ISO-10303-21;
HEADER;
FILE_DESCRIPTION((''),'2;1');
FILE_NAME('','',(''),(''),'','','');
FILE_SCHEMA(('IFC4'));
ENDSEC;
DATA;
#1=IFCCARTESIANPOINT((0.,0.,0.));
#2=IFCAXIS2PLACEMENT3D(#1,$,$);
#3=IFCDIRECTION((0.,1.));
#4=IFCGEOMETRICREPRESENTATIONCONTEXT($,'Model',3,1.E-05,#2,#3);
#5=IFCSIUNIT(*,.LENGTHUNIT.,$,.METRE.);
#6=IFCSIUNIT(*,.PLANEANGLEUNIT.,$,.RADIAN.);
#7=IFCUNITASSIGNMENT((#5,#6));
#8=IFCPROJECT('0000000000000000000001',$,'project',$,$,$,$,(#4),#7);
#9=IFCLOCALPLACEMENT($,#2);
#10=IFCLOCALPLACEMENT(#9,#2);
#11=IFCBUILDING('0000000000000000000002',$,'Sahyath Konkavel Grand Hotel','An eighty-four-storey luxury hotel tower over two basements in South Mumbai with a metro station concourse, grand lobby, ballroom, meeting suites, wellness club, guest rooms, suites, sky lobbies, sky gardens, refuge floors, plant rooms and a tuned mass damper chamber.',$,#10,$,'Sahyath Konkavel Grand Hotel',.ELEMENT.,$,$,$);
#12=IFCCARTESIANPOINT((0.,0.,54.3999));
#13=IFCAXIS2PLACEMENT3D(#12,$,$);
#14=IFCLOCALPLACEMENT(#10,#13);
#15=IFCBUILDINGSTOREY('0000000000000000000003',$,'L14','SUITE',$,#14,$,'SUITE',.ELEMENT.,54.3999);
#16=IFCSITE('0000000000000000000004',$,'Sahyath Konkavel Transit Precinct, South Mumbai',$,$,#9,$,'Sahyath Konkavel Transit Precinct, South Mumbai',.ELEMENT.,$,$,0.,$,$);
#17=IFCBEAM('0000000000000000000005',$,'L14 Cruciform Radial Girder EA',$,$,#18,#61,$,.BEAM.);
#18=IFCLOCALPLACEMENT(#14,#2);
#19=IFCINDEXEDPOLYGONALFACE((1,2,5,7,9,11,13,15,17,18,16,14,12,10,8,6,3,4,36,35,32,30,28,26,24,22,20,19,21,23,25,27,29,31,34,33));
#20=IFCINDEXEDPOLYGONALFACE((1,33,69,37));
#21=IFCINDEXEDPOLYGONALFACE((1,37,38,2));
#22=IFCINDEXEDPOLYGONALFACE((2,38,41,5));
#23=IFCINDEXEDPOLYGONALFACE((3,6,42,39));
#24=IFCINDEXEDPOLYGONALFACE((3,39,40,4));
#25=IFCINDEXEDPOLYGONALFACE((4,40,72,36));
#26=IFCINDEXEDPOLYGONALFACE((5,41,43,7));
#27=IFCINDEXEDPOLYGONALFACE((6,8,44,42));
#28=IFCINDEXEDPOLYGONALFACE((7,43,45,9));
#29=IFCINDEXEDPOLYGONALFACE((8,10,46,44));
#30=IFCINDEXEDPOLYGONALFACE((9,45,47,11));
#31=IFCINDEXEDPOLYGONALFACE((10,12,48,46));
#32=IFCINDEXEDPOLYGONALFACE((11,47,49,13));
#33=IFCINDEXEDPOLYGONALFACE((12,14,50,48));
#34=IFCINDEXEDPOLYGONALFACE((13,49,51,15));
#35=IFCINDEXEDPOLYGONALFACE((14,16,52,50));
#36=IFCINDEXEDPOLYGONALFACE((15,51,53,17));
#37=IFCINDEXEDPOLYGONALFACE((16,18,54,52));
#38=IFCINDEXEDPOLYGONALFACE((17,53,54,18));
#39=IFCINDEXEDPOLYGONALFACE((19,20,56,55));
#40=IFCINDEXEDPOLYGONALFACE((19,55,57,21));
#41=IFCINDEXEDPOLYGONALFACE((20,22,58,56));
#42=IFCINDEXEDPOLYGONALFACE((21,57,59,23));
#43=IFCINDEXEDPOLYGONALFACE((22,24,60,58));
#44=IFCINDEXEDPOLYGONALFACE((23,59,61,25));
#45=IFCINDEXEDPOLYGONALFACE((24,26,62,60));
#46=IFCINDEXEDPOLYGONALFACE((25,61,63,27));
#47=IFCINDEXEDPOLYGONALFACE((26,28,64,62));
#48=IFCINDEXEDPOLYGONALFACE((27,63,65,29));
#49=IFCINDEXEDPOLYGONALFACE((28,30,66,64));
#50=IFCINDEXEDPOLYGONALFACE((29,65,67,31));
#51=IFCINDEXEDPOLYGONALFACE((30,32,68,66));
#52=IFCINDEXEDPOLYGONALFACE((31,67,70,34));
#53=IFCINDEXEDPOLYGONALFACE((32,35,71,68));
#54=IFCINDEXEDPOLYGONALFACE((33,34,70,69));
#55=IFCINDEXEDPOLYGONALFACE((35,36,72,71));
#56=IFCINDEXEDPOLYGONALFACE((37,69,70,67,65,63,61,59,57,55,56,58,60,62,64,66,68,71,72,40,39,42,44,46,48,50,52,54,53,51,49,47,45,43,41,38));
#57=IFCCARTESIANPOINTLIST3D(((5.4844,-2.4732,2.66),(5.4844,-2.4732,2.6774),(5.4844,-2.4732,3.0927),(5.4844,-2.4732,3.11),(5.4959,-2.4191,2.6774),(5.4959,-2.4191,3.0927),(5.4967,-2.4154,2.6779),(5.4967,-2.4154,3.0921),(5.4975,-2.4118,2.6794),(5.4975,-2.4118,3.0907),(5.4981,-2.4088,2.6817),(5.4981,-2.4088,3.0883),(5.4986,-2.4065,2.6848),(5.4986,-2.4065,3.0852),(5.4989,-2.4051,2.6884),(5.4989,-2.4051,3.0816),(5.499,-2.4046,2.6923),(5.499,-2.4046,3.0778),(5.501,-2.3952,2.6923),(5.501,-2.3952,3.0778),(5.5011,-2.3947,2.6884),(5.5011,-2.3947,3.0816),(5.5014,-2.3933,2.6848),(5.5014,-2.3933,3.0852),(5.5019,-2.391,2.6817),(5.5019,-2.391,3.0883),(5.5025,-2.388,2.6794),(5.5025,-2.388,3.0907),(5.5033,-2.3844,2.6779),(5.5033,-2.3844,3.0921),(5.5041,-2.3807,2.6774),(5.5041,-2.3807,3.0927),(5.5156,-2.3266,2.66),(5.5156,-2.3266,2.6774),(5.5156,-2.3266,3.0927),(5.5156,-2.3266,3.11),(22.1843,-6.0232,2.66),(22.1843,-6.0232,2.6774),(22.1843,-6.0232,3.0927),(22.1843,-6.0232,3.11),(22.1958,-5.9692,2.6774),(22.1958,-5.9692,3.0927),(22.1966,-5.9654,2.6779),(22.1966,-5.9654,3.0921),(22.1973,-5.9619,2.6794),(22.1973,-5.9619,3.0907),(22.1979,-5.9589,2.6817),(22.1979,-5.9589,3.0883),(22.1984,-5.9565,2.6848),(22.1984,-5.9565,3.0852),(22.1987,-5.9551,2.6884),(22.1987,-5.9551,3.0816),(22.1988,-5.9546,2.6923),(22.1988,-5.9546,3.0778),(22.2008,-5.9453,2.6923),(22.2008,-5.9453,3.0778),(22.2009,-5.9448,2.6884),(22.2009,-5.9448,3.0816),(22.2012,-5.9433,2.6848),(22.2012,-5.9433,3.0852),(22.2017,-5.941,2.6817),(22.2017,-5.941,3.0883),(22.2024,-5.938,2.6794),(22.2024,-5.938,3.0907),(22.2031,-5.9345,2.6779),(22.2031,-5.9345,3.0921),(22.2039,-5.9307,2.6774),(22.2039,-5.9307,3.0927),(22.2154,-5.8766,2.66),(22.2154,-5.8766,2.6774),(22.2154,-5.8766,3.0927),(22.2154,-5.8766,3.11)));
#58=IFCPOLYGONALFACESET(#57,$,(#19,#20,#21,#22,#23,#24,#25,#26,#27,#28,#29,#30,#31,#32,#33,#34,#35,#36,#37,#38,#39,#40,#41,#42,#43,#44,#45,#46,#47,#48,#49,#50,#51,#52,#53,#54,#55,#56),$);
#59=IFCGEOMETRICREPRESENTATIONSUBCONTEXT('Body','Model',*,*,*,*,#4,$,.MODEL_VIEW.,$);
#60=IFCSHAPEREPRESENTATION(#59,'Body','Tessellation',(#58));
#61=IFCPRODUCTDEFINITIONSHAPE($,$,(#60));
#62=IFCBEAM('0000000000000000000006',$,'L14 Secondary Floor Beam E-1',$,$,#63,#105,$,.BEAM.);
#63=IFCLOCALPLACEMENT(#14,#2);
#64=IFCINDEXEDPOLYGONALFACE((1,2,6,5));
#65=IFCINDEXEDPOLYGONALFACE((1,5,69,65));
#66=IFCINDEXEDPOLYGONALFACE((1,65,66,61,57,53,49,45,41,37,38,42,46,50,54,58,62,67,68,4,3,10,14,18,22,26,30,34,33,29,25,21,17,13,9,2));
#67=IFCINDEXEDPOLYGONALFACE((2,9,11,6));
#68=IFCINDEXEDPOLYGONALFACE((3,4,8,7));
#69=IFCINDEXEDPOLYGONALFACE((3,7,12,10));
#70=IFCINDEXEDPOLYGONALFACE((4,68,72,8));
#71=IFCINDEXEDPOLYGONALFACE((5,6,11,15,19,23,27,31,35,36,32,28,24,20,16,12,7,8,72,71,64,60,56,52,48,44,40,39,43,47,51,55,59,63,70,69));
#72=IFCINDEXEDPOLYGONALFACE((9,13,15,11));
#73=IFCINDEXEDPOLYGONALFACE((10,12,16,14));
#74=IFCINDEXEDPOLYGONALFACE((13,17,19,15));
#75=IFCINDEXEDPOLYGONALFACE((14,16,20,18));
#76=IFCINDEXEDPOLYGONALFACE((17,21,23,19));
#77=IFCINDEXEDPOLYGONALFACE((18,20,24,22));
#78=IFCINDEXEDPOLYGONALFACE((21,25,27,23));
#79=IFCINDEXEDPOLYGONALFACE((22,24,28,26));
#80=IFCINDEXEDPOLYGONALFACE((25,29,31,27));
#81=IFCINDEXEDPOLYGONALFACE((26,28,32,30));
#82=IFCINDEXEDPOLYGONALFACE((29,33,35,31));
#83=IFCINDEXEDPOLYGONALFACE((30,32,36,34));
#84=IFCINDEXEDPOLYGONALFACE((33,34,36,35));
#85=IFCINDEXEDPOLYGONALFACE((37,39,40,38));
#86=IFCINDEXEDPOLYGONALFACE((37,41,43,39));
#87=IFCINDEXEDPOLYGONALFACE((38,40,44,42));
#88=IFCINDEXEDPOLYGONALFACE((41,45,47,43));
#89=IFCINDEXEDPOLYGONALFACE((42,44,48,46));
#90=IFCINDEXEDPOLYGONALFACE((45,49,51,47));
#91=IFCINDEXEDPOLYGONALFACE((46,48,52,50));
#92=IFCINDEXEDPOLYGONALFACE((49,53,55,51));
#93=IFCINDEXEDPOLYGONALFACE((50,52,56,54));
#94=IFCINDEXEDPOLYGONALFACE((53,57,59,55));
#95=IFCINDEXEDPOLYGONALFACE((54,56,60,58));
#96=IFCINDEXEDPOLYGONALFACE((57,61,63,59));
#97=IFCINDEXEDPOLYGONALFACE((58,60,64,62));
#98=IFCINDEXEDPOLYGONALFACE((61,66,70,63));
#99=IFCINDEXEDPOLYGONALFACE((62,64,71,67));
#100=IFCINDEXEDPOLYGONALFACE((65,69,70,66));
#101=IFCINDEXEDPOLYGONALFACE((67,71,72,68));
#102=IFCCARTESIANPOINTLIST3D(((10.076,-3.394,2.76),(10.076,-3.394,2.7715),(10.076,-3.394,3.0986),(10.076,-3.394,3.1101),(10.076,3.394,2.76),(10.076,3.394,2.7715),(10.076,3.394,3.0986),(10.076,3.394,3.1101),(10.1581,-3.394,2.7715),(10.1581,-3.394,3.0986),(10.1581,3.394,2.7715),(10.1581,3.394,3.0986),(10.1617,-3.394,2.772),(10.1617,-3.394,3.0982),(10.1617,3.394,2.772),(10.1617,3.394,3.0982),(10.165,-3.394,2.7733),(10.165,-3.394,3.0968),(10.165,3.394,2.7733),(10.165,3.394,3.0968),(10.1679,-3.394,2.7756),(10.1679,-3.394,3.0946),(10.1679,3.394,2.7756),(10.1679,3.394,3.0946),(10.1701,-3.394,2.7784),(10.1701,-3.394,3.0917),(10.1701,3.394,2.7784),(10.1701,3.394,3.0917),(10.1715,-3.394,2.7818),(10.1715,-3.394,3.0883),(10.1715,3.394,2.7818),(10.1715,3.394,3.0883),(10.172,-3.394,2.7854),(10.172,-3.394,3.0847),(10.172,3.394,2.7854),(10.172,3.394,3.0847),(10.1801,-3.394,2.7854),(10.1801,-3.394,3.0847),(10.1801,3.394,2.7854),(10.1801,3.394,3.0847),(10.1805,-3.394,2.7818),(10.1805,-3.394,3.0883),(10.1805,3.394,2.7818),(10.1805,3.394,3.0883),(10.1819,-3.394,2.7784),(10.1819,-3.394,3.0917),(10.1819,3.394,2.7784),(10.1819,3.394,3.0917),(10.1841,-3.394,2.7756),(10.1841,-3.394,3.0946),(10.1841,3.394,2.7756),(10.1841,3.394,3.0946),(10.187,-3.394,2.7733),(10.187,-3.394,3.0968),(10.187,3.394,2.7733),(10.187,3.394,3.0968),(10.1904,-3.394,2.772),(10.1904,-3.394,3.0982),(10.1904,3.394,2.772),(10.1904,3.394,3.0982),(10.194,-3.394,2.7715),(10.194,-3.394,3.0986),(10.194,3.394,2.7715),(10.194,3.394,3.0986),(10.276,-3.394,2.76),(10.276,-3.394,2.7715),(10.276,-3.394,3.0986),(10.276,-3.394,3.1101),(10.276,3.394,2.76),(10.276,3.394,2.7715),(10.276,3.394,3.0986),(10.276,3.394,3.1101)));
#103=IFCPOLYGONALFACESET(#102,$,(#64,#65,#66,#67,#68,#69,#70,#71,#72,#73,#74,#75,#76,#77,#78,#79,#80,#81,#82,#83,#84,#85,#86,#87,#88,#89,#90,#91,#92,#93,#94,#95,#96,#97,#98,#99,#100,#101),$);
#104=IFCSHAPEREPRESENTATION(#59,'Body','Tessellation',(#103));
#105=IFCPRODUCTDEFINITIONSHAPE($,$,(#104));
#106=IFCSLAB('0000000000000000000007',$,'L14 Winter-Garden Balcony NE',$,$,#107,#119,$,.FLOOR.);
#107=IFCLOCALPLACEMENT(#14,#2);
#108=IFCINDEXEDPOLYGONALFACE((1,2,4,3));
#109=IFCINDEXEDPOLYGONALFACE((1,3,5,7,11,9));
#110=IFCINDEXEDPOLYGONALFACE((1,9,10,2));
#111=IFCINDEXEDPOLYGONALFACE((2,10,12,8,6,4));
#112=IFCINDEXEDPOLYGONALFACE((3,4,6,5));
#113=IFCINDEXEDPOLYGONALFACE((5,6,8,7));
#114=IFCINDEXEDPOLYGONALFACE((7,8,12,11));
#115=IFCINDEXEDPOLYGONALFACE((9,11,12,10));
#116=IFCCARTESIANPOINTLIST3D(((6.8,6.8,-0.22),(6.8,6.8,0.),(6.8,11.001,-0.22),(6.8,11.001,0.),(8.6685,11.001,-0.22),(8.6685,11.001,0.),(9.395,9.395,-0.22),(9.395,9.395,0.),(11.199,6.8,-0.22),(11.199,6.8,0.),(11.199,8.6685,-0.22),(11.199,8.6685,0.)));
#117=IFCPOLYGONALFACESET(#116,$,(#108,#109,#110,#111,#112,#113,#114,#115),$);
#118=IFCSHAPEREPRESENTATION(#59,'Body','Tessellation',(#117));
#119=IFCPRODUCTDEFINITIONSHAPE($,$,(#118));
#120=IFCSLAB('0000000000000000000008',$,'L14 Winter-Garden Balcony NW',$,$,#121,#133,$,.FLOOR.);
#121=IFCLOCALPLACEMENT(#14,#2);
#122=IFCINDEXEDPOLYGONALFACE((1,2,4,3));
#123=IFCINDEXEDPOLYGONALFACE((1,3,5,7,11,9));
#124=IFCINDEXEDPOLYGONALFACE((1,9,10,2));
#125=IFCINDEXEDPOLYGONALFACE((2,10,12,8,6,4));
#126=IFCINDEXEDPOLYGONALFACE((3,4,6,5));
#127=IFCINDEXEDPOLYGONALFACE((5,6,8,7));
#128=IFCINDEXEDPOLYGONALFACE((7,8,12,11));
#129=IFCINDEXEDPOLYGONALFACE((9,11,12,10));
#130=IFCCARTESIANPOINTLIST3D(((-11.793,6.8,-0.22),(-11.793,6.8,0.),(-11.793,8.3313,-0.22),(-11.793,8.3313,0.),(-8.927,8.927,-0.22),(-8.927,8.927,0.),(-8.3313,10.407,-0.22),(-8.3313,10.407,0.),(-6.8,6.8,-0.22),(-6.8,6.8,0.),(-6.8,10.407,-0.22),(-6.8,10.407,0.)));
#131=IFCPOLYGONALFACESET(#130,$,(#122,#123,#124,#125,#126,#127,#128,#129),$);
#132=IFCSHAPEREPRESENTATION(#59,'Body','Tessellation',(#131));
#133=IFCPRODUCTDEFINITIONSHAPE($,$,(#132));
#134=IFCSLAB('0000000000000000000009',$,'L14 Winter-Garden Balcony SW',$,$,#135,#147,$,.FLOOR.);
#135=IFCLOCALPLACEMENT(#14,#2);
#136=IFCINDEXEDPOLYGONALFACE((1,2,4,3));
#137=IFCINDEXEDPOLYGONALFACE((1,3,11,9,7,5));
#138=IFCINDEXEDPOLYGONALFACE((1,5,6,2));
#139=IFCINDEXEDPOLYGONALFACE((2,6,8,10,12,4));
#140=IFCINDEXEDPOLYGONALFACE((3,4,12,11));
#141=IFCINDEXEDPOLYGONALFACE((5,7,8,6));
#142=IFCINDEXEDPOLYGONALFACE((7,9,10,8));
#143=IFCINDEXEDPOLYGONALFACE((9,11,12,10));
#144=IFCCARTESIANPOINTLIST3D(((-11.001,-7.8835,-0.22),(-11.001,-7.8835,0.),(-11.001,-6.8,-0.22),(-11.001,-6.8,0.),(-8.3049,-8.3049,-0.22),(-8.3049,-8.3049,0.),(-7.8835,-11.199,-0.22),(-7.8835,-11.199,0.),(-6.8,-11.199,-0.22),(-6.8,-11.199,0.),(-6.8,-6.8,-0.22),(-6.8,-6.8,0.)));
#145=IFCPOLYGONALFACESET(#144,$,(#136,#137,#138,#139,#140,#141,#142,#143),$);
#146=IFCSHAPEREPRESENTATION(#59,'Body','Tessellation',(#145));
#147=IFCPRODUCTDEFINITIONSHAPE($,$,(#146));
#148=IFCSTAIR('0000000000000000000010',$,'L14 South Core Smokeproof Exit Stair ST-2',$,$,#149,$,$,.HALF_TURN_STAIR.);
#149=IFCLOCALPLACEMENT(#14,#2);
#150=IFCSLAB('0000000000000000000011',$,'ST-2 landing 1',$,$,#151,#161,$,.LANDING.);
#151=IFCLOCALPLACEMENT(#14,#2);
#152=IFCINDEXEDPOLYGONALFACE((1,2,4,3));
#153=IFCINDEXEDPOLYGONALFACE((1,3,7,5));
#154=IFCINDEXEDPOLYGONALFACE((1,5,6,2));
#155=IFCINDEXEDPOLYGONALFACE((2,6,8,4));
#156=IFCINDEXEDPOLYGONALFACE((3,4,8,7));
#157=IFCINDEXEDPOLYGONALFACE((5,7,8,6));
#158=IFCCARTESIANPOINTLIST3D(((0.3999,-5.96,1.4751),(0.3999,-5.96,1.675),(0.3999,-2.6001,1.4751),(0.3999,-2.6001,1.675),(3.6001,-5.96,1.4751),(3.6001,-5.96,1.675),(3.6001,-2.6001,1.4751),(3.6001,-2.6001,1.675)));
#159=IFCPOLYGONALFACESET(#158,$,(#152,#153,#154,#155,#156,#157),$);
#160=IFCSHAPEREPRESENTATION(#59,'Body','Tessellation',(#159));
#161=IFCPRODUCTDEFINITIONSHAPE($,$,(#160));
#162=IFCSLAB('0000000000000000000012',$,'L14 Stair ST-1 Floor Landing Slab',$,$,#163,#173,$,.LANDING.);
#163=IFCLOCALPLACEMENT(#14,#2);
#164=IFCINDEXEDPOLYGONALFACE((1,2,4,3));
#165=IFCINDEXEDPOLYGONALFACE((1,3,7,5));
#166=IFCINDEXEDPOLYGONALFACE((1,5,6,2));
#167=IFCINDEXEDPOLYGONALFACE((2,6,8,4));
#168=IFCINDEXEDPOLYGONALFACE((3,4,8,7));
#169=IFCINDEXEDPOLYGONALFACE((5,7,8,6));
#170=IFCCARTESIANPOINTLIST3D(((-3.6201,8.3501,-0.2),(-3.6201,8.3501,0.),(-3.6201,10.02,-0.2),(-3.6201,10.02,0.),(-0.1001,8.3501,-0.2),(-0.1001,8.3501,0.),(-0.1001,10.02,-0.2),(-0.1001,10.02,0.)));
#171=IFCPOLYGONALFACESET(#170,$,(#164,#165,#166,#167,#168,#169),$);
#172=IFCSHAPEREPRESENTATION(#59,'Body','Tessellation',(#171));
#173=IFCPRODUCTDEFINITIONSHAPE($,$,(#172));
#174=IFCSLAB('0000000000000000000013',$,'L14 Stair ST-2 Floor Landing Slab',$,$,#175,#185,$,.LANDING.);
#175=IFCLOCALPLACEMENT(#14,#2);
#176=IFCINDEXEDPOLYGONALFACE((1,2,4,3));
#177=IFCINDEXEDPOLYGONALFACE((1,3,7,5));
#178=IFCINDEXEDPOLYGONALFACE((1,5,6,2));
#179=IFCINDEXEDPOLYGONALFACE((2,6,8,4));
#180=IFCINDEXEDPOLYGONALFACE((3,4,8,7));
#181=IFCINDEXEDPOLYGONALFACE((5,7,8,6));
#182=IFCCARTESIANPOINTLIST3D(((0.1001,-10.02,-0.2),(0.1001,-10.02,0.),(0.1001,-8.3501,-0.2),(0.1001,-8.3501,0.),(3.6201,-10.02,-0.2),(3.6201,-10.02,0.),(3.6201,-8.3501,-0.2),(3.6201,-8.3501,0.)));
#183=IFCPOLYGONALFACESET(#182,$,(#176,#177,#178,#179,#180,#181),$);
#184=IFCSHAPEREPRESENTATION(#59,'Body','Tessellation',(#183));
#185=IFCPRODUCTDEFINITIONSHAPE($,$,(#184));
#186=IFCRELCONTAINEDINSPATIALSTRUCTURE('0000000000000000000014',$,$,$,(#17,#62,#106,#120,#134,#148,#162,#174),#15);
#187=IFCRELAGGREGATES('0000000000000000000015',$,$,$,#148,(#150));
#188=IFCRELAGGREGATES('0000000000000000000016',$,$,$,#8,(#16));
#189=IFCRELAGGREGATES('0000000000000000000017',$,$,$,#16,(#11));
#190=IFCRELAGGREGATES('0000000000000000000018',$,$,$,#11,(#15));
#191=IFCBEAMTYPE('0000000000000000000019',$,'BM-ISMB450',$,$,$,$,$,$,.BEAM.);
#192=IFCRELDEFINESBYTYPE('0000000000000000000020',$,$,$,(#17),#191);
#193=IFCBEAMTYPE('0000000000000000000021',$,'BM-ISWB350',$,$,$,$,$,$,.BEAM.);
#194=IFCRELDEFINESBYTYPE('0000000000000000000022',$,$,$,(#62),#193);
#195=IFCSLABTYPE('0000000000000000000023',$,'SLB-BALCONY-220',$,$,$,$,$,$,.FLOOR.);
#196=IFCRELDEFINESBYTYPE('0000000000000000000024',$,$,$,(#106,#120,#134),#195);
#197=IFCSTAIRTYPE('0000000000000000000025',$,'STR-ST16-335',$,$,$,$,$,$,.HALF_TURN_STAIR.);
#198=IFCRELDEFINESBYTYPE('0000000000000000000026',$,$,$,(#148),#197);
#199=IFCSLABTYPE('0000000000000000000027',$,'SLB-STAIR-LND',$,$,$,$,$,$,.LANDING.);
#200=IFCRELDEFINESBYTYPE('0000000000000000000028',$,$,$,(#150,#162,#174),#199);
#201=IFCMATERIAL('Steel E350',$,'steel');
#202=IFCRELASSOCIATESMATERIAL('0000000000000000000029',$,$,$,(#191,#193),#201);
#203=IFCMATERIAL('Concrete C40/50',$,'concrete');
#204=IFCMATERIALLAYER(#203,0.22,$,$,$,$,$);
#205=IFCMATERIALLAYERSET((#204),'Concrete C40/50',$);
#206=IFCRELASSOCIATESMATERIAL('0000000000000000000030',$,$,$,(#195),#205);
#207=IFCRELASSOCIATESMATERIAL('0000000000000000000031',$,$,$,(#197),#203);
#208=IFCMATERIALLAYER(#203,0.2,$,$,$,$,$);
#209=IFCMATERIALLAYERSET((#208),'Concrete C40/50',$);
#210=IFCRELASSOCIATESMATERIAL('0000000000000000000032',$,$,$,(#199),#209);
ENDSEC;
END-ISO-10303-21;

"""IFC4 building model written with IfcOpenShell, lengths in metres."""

from ifc_helpers import new_model, si_unit, direction, frame, origin, origin_2d, place, context, subcontext, project, spatial, polyline, i_section, outline, extrude, source, transform, mapped, material, layer, layer_set, material_profile, profile_set, type_object, element, aggregate, save


model = new_model("IFC4")

# Units and contexts
model_context = context("Model", 3, precision=1e-05, world=origin(), true_north=direction((0.0, 1.0)))
body_context = subcontext(model_context, "Body", "Model", "MODEL_VIEW")
ifc_project = project(units=[si_unit("LENGTHUNIT", "METRE"), si_unit("PLANEANGLEUNIT", "RADIAN")], contexts=[model_context])

# Site, building, storey
site_placement = place(None, origin())
site = spatial("IfcSite", under=ifc_project, at=site_placement, Name="Sahyath Konkavel Transit Precinct, South Mumbai", LongName="Sahyath Konkavel Transit Precinct, South Mumbai", CompositionType="ELEMENT", RefElevation=0.0)
building_placement = place(site_placement, origin())
building = spatial("IfcBuilding", under=site, at=building_placement, Name="Sahyath Konkavel Grand Hotel", Description="An eighty-four-storey luxury hotel tower over two basements in South Mumbai with a metro station concourse, grand lobby, ballroom, meeting suites, wellness club, guest rooms, suites, sky lobbies, sky gardens, refuge floors, plant rooms and a tuned mass damper chamber.", LongName="Sahyath Konkavel Grand Hotel", CompositionType="ELEMENT")
storey_placement = place(building_placement, frame((0.0, 0.0, 54.3999)))
storey = spatial("IfcBuildingStorey", under=building, at=storey_placement, Name="L14", Description="SUITE", LongName="SUITE", CompositionType="ELEMENT", Elevation=54.3999)

# Beams
ifc_material_1 = material(Name="Steel E350", Category="steel")
ifc_material_profile_1 = material_profile(ifc_material_1, i_section(OverallWidth=0.1499, OverallDepth=0.45, WebThickness=0.0095, FlangeThickness=0.0173, FilletRadius=0.0149, at=origin_2d()), Name="ISMB 450")
ifc_profile_set_1 = profile_set([ifc_material_profile_1], Name="Steel E350")
beam_type_1 = type_object("IfcBeamType", Name="BM-ISMB450", PredefinedType="BEAM", material=ifc_profile_set_1)
shared_shape_1 = source(origin(), body_context, "Body", "SweptSolid", [
    extrude(i_section(OverallWidth=0.1499, OverallDepth=0.45, WebThickness=0.0095, FlangeThickness=0.0173, FilletRadius=0.0149, at=origin_2d()), origin(), (0.0, 0.0, 1.0), 17.073),
])
beam_1_placement = place(storey_placement, frame((5.5, -2.3999, 2.885), z_axis=(0.978143, -0.207932, 0.0), x_axis=(0.207932, 0.978143, 0.0)))
element("IfcBeam", 1, at=beam_1_placement, inside=storey, type_object=beam_type_1, Name="L14 Cruciform Radial Girder EA", PredefinedType="BEAM", context=body_context, shape_type="MappedRepresentation", body=[
    mapped(shared_shape_1, transform((0.0, 0.0, 0.0), scale=1.0)),
])
ifc_material_profile_2 = material_profile(ifc_material_1, i_section(OverallWidth=0.2, OverallDepth=0.3501, WebThickness=0.0081, FlangeThickness=0.0115, FilletRadius=0.0139, at=origin_2d()), Name="ISWB 350")
ifc_profile_set_2 = profile_set([ifc_material_profile_2], Name="Steel E350")
beam_type_2 = type_object("IfcBeamType", Name="BM-ISWB350", PredefinedType="BEAM", material=ifc_profile_set_2)
shared_shape_2 = source(origin(), body_context, "Body", "SweptSolid", [
    extrude(i_section(OverallWidth=0.2, OverallDepth=0.3501, WebThickness=0.0081, FlangeThickness=0.0115, FilletRadius=0.0139, at=origin_2d()), origin(), (0.0, 0.0, 1.0), 6.7881),
])
beam_2_placement = place(storey_placement, frame((10.176, -3.394, 2.9351), z_axis=(0.0, 1.0, 0.0), x_axis=(-1.0, 0.0, 0.0)))
element("IfcBeam", 2, at=beam_2_placement, inside=storey, type_object=beam_type_2, Name="L14 Secondary Floor Beam E-1", PredefinedType="BEAM", context=body_context, shape_type="MappedRepresentation", body=[
    mapped(shared_shape_2, transform((0.0, 0.0, 0.0), scale=1.0)),
])

# Slabs
ifc_material_2 = material(Name="Concrete C40/50", Category="concrete")
ifc_layer_1 = layer(ifc_material_2, 0.22)
ifc_layer_set_1 = layer_set([ifc_layer_1], Name="Concrete C40/50")
slab_type_1 = type_object("IfcSlabType", Name="SLB-BALCONY-220", PredefinedType="FLOOR", material=ifc_layer_set_1)
slab_1_placement = place(storey_placement, frame((0.0, 0.0, -0.22)))
element("IfcSlab", 3, at=slab_1_placement, inside=storey, type_object=slab_type_1, Name="L14 Winter-Garden Balcony NE", PredefinedType="FLOOR", context=body_context, shape_type="SweptSolid", body=[
    extrude(outline(polyline([(6.8, 6.8), (11.199, 6.8), (11.199, 8.6685), (9.395, 9.395), (8.6685, 11.001), (6.8, 11.001), (6.8, 6.8)])), origin(), (0.0, 0.0, 1.0), 0.22),
])
slab_2_placement = place(storey_placement, frame((0.0, 0.0, -0.22)))
element("IfcSlab", 4, at=slab_2_placement, inside=storey, type_object=slab_type_1, Name="L14 Winter-Garden Balcony NW", PredefinedType="FLOOR", context=body_context, shape_type="SweptSolid", body=[
    extrude(outline(polyline([(-6.8, 6.8), (-6.8, 10.407), (-8.3313, 10.407), (-8.927, 8.927), (-11.793, 8.3313), (-11.793, 6.8), (-6.8, 6.8)])), origin(), (0.0, 0.0, 1.0), 0.22),
])
slab_3_placement = place(storey_placement, frame((0.0, 0.0, -0.22)))
element("IfcSlab", 5, at=slab_3_placement, inside=storey, type_object=slab_type_1, Name="L14 Winter-Garden Balcony SW", PredefinedType="FLOOR", context=body_context, shape_type="SweptSolid", body=[
    extrude(outline(polyline([(-6.8, -6.8), (-11.001, -6.8), (-11.001, -7.8835), (-8.3049, -8.3049), (-7.8835, -11.199), (-6.8, -11.199), (-6.8, -6.8)])), origin(), (0.0, 0.0, 1.0), 0.22),
])

# Stair, slab
stair_type = type_object("IfcStairType", Name="STR-ST16-335", PredefinedType="HALF_TURN_STAIR", material=ifc_material_2)
stair_placement = place(storey_placement, origin())
stair = element("IfcStair", 6, at=stair_placement, inside=storey, type_object=stair_type, Name="L14 South Core Smokeproof Exit Stair ST-2", PredefinedType="HALF_TURN_STAIR")
ifc_layer_2 = layer(ifc_material_2, 0.2)
ifc_layer_set_2 = layer_set([ifc_layer_2], Name="Concrete C40/50")
slab_type_2 = type_object("IfcSlabType", Name="SLB-STAIR-LND", PredefinedType="LANDING", material=ifc_layer_set_2)
slab_4_placement = place(storey_placement, frame((0.0, 0.0, 1.4751)))
slab_4 = element("IfcSlab", 7, at=slab_4_placement, type_object=slab_type_2, Name="ST-2 landing 1", PredefinedType="LANDING", context=body_context, shape_type="SweptSolid", body=[
    extrude(outline(polyline([(3.6001, -5.96), (3.6001, -2.6001), (0.3999, -2.6001), (0.3999, -5.96), (3.6001, -5.96)])), origin(), (0.0, 0.0, 1.0), 0.2),
])

# Slabs
slab_5_placement = place(storey_placement, frame((0.0, 0.0, -0.2)))
element("IfcSlab", 8, at=slab_5_placement, inside=storey, type_object=slab_type_2, Name="L14 Stair ST-1 Floor Landing Slab", PredefinedType="LANDING", context=body_context, shape_type="SweptSolid", body=[
    extrude(outline(polyline([(-3.6201, 8.3501), (-0.1001, 8.3501), (-0.1001, 10.02), (-3.6201, 10.02), (-3.6201, 8.3501)])), origin(), (0.0, 0.0, 1.0), 0.2),
])
slab_6_placement = place(storey_placement, frame((0.0, 0.0, -0.2)))
element("IfcSlab", 9, at=slab_6_placement, inside=storey, type_object=slab_type_2, Name="L14 Stair ST-2 Floor Landing Slab", PredefinedType="LANDING", context=body_context, shape_type="SweptSolid", body=[
    extrude(outline(polyline([(0.1001, -10.02), (3.6201, -10.02), (3.6201, -8.3501), (0.1001, -8.3501), (0.1001, -10.02)])), origin(), (0.0, 0.0, 1.0), 0.2),
])

aggregate(stair, [slab_4])

save(model, "model.ifc")
